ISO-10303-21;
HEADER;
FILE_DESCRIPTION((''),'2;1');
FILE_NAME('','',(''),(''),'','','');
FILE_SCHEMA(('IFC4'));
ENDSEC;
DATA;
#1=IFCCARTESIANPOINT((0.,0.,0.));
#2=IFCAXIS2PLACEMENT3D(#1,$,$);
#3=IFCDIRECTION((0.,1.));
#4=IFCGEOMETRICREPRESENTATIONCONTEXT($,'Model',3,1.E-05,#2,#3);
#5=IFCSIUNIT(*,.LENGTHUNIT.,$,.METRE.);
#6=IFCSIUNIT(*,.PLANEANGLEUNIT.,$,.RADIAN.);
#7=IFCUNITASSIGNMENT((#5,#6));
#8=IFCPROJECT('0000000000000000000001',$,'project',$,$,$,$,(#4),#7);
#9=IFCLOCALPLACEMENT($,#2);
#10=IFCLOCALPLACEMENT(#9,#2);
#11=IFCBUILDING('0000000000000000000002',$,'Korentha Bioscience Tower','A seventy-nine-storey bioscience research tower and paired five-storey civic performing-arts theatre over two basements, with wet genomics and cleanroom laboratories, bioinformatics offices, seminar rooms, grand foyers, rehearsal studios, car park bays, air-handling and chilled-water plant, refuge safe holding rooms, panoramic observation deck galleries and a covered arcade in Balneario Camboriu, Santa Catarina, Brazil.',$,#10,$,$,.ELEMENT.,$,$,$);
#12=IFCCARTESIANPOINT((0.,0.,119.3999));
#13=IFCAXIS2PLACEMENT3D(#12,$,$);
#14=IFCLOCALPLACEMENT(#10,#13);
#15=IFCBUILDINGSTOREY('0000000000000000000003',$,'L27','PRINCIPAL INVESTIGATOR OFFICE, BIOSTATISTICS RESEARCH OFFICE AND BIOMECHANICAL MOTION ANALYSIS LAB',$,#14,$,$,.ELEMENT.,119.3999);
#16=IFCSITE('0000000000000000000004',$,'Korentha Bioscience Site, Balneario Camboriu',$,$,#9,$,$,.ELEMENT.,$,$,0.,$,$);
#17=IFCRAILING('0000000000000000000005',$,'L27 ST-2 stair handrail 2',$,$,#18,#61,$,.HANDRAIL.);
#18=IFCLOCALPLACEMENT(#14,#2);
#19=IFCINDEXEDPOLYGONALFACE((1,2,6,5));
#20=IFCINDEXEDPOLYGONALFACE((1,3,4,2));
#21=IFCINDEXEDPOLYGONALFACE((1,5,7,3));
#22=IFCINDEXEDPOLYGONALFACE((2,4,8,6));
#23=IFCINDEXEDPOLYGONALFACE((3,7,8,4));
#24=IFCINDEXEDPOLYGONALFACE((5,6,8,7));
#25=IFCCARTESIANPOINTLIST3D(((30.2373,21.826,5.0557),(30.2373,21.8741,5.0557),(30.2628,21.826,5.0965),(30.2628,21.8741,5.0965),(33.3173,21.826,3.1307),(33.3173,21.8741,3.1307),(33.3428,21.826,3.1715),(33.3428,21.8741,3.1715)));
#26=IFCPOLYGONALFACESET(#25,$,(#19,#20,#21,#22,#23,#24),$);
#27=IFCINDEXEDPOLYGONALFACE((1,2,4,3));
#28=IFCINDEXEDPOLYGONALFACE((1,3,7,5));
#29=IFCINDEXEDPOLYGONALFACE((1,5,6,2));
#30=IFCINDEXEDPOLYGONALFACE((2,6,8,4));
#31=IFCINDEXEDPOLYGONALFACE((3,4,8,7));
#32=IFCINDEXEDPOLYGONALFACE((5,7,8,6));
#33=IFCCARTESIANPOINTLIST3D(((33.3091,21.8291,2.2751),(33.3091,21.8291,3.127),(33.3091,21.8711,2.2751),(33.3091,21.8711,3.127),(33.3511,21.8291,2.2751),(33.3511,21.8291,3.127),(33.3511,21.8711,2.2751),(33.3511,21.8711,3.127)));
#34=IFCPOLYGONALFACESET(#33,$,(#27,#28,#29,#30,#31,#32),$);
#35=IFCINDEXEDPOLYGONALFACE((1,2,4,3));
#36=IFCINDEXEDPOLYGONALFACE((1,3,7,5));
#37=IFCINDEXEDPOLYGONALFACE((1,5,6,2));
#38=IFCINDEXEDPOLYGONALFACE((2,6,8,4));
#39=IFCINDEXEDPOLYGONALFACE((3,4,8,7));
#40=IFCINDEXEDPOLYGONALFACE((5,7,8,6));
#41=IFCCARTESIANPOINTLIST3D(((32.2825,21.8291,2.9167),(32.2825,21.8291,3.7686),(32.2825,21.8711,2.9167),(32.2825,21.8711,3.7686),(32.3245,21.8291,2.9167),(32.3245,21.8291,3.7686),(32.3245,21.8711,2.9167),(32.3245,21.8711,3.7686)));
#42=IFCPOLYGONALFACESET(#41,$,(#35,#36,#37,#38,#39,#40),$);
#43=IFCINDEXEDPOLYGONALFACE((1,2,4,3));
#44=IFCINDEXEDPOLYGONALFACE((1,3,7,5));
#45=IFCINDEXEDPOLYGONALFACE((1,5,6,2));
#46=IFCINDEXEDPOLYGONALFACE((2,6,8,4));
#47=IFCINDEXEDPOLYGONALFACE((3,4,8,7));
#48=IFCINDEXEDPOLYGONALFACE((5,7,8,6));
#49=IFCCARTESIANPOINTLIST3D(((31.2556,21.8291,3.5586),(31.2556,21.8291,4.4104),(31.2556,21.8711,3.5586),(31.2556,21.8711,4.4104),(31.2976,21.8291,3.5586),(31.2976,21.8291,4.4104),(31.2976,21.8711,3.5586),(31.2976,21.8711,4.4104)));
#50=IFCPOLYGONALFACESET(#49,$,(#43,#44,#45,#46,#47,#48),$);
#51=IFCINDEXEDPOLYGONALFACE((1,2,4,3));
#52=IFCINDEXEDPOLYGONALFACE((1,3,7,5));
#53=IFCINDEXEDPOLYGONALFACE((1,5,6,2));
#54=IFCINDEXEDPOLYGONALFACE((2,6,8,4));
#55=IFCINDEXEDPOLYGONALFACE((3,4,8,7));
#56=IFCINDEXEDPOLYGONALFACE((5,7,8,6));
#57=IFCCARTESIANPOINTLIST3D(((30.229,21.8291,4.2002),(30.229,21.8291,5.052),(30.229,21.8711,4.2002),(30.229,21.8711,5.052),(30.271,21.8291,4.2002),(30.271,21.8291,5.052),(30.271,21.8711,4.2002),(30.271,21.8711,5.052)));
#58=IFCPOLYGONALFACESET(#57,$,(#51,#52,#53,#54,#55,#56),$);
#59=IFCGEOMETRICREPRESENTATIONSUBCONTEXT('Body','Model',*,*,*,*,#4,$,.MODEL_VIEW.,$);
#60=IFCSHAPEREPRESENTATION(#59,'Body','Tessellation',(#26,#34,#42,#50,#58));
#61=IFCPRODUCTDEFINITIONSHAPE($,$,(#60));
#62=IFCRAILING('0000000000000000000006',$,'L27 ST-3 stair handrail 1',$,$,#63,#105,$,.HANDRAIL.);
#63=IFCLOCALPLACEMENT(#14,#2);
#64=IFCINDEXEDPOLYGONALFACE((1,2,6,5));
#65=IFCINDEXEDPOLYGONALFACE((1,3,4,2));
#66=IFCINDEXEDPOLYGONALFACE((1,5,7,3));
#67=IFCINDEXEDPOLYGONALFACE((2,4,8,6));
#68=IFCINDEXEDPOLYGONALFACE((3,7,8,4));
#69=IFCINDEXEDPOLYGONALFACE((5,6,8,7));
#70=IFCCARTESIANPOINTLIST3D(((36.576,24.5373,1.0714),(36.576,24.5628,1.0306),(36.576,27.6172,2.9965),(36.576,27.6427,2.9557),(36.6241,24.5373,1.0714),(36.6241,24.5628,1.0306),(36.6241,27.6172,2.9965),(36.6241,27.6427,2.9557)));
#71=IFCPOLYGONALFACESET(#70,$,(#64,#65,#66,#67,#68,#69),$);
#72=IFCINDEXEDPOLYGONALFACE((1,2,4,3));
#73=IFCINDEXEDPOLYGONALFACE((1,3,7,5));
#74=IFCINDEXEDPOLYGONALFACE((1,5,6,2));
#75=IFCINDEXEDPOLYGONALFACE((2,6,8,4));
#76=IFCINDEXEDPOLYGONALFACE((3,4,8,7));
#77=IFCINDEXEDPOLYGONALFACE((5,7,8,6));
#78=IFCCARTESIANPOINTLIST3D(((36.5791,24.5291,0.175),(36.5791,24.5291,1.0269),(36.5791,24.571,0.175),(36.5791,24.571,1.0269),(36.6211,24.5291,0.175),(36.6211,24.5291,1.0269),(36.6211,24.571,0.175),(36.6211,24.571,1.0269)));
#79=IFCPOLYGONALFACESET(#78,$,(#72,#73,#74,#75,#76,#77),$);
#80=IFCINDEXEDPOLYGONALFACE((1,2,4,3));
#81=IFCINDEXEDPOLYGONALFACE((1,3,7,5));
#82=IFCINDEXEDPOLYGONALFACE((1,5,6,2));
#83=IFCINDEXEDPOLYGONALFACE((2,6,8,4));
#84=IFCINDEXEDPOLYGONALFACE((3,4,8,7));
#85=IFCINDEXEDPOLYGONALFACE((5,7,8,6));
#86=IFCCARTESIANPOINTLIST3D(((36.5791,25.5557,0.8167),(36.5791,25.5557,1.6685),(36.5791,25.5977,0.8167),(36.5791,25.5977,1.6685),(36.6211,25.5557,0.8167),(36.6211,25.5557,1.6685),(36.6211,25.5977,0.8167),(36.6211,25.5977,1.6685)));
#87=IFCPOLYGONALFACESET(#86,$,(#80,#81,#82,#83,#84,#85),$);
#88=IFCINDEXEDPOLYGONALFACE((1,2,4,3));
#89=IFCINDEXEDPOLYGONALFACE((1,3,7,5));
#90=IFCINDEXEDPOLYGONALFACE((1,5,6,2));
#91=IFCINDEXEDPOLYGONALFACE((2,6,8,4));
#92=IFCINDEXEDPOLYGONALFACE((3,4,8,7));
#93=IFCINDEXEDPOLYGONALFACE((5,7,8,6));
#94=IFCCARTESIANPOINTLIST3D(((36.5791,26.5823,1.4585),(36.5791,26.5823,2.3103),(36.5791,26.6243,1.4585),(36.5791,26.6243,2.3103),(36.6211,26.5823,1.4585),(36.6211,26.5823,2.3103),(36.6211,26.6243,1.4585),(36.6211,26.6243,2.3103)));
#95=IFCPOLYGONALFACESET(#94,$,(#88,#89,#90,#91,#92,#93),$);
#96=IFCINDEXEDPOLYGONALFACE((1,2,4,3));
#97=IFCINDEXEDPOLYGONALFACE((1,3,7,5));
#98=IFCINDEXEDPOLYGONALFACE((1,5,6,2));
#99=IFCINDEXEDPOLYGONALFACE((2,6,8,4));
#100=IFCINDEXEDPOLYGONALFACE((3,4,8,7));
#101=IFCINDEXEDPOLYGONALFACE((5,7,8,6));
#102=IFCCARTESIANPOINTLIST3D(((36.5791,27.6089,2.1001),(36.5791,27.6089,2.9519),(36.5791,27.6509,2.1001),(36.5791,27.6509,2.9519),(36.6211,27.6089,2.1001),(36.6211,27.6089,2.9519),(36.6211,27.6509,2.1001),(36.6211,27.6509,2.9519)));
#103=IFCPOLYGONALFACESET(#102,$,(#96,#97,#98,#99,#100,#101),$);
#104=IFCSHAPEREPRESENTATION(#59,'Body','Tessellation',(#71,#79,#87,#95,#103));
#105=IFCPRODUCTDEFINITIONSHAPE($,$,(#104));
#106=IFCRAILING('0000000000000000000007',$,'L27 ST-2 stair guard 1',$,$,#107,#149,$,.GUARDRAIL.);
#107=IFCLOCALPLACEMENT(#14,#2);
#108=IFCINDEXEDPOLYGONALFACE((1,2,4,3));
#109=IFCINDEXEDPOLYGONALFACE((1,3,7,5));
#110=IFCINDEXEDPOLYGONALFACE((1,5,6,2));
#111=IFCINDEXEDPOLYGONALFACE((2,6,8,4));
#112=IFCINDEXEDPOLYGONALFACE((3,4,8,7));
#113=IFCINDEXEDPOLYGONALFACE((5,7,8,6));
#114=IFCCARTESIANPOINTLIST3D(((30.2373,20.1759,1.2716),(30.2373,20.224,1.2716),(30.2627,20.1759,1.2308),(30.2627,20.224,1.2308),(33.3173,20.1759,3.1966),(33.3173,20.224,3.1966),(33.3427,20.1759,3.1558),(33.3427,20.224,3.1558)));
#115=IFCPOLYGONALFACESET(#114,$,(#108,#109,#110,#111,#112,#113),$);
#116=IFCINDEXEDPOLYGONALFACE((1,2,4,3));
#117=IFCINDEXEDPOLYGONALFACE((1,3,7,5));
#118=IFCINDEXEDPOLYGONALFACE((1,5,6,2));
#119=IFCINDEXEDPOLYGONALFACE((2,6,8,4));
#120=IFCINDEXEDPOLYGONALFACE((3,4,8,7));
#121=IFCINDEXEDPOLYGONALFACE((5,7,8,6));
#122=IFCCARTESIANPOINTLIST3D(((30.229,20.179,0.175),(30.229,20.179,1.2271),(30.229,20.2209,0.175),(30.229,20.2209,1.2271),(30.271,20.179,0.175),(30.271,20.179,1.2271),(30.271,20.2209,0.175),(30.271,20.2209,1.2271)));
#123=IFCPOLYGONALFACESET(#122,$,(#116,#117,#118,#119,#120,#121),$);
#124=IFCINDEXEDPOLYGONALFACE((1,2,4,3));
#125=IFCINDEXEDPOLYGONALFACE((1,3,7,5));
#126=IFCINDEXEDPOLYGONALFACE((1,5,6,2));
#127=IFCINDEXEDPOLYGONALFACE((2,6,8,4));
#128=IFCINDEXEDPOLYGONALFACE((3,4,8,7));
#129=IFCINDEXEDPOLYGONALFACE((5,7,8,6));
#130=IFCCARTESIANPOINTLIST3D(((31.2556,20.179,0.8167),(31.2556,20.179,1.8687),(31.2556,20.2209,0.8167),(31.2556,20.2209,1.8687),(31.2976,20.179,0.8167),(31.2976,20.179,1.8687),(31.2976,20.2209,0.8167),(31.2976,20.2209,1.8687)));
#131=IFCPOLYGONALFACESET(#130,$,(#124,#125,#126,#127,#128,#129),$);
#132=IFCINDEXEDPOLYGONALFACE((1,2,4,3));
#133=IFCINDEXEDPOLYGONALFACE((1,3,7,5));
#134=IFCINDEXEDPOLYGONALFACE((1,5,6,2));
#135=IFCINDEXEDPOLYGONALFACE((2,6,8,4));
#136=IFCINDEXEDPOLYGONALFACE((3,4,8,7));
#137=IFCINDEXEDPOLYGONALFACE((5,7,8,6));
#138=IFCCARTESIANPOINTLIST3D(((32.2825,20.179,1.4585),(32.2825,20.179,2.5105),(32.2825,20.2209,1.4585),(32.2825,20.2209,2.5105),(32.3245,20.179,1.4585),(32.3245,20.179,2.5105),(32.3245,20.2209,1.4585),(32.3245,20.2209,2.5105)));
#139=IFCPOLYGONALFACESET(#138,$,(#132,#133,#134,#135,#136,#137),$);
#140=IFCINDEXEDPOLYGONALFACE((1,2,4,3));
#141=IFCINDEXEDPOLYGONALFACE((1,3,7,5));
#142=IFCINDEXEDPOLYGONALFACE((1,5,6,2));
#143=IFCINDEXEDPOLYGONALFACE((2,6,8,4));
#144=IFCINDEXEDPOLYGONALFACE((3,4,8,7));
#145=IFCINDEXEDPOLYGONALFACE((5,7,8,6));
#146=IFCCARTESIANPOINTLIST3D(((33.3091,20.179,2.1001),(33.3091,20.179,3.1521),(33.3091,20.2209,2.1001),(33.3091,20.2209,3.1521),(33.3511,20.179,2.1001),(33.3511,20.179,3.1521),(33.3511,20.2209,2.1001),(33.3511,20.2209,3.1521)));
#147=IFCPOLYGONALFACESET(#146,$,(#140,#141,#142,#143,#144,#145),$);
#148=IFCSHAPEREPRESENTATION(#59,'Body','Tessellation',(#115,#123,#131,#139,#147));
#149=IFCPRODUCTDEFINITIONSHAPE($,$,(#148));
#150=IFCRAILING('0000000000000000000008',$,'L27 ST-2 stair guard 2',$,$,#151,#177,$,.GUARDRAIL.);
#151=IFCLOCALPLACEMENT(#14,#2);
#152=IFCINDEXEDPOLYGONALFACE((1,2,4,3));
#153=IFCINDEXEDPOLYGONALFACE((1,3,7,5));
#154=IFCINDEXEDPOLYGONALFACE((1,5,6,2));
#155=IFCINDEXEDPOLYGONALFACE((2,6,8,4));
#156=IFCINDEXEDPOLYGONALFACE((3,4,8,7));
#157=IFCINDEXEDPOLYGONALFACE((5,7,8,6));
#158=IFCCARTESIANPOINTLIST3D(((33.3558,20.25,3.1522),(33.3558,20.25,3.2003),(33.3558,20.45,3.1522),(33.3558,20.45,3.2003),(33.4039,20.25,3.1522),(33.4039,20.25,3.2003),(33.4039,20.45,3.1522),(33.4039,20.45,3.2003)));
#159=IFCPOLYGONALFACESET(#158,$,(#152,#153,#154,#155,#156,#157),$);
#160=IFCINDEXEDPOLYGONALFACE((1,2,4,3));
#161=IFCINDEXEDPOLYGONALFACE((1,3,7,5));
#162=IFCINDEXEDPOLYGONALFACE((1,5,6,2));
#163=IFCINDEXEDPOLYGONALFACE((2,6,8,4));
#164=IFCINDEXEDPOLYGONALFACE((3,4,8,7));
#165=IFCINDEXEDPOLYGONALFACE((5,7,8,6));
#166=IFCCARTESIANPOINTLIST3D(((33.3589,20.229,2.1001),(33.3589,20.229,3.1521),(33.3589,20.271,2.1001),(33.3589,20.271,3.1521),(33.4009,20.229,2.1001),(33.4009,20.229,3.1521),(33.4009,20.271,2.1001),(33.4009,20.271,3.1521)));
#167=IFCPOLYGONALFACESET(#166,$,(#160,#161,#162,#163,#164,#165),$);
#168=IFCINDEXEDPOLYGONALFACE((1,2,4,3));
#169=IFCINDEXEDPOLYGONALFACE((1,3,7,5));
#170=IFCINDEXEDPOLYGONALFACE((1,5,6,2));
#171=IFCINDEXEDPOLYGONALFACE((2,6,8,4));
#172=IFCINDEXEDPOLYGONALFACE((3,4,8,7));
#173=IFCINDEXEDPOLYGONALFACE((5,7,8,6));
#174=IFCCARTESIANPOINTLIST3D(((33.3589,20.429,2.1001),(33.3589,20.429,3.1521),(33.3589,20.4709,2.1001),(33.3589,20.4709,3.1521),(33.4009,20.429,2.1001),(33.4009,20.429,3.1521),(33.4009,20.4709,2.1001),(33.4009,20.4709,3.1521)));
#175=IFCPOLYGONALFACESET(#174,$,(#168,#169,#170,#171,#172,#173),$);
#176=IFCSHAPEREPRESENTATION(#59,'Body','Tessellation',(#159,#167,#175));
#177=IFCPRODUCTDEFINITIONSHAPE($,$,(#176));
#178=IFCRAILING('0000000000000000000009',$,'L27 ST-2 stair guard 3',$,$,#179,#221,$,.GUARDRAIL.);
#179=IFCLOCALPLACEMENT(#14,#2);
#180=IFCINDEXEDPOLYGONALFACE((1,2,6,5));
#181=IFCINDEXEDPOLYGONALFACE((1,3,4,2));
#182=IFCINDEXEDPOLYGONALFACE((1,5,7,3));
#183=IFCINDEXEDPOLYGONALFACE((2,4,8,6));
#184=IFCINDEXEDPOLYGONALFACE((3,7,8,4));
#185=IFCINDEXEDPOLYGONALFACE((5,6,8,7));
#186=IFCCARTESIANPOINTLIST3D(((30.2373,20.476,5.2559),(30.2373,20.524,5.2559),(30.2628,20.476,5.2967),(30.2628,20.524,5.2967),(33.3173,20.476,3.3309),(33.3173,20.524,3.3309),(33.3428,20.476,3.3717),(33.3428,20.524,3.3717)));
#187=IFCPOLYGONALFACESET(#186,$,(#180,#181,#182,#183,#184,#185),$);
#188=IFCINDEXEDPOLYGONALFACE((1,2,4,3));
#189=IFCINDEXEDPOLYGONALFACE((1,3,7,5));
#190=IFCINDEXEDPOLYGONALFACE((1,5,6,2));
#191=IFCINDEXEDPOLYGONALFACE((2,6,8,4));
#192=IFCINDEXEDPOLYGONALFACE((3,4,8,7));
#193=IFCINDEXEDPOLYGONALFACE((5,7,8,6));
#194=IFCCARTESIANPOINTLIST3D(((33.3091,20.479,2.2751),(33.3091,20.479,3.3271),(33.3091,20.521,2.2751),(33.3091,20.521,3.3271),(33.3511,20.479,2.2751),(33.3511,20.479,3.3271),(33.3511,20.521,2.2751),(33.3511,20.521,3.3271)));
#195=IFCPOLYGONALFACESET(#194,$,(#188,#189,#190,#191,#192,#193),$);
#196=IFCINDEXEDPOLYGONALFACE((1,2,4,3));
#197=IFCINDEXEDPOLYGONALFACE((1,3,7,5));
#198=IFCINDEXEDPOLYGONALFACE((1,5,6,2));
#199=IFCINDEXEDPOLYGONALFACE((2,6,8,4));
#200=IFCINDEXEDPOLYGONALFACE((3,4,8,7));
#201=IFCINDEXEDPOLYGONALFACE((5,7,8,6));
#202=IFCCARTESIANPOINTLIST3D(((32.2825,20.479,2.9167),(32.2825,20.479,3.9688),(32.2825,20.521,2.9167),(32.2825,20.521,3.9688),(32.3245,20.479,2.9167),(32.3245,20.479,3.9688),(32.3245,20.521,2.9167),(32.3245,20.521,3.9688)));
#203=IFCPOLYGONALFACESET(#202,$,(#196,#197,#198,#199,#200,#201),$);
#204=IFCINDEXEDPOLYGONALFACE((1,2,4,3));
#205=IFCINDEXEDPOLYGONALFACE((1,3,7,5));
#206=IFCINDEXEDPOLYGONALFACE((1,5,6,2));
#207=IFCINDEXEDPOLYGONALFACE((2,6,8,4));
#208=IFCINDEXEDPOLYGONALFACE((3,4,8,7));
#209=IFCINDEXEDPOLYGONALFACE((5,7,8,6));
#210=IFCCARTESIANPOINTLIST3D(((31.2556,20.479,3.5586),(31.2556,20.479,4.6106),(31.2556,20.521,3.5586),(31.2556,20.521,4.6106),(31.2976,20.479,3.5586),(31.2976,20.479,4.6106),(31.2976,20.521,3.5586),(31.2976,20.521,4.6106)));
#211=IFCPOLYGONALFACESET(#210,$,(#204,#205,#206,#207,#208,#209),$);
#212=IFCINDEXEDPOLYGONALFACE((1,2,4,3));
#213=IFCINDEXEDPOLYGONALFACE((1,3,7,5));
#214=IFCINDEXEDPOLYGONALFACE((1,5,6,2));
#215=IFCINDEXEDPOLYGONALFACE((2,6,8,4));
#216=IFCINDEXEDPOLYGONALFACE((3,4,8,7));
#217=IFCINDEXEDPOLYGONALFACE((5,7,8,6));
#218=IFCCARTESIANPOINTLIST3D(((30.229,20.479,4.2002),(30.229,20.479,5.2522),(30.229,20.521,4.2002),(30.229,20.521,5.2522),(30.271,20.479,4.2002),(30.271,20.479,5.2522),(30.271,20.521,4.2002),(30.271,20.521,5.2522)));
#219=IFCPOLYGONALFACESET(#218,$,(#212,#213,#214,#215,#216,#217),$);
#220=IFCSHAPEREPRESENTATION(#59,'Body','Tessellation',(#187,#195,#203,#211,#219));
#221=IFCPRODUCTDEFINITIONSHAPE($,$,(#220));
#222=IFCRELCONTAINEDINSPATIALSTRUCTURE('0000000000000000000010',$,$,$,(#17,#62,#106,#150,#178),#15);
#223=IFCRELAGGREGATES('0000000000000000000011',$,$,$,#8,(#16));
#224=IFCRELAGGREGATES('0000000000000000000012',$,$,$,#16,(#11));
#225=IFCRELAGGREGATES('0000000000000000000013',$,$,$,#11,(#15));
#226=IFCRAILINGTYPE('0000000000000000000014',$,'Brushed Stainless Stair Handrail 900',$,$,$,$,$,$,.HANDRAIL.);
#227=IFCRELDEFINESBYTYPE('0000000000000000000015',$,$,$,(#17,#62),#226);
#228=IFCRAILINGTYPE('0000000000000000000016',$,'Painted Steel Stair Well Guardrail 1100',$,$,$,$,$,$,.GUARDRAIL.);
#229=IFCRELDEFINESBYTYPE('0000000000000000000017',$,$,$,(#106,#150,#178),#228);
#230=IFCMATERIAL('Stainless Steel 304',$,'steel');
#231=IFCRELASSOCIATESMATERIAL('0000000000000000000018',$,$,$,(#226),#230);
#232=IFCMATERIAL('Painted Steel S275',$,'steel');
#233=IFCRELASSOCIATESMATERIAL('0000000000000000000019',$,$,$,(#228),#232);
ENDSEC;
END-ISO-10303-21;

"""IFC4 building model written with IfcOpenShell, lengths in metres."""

from ifc_helpers import new_model, si_unit, direction, frame, origin, origin_2d, place, context, subcontext, project, spatial, rectangle, extrude, material, type_object, element, save


model = new_model("IFC4")

# Units and contexts
model_context = context("Model", 3, precision=1e-05, world=origin(), true_north=direction((0.0, 1.0)))
body_context = subcontext(model_context, "Body", "Model", "MODEL_VIEW")
ifc_project = project(units=[si_unit("LENGTHUNIT", "METRE"), si_unit("PLANEANGLEUNIT", "RADIAN")], contexts=[model_context])

# Site, building, storey
site_placement = place(None, origin())
site = spatial("IfcSite", under=ifc_project, at=site_placement, Name="Korentha Bioscience Site, Balneario Camboriu", CompositionType="ELEMENT", RefElevation=0.0)
building_placement = place(site_placement, origin())
building = spatial("IfcBuilding", under=site, at=building_placement, Name="Korentha Bioscience Tower", Description="A seventy-nine-storey bioscience research tower and paired five-storey civic performing-arts theatre over two basements, with wet genomics and cleanroom laboratories, bioinformatics offices, seminar rooms, grand foyers, rehearsal studios, car park bays, air-handling and chilled-water plant, refuge safe holding rooms, panoramic observation deck galleries and a covered arcade in Balneario Camboriu, Santa Catarina, Brazil.", CompositionType="ELEMENT")
storey_placement = place(building_placement, frame((0.0, 0.0, 119.3999)))
storey = spatial("IfcBuildingStorey", under=building, at=storey_placement, Name="L27", Description="PRINCIPAL INVESTIGATOR OFFICE, BIOSTATISTICS RESEARCH OFFICE AND BIOMECHANICAL MOTION ANALYSIS LAB", CompositionType="ELEMENT", Elevation=119.3999)

# Railings
ifc_material_1 = material(Name="Stainless Steel 304", Category="steel")
railing_type_1 = type_object("IfcRailingType", Name="Brushed Stainless Stair Handrail 900", PredefinedType="HANDRAIL", material=ifc_material_1)
railing_1_placement = place(storey_placement, frame((33.3301, 21.8501, 2.2751)))
element("IfcRailing", 1, at=railing_1_placement, inside=storey, type_object=railing_type_1, Name="L27 ST-2 stair handrail 2", PredefinedType="HANDRAIL", context=body_context, shape_type="SweptSolid", body=[
    extrude(rectangle(XDim=0.0481, YDim=0.0481, at=origin_2d()), frame((0.0, 0.0, 0.876), z_axis=(-0.847998, 0.0, 0.529999), x_axis=(0.0, -1.0, 0.0)), (0.0, 0.0, 1.0), 3.6321),
    extrude(rectangle(XDim=0.042, YDim=0.042, at=origin_2d()), origin(), (0.0, 0.0, 1.0), 0.8518),
    extrude(rectangle(XDim=0.042, YDim=0.042, at=origin_2d()), frame((-1.0266, 0.0, 0.6416)), (0.0, 0.0, 1.0), 0.8518),
    extrude(rectangle(XDim=0.042, YDim=0.042, at=origin_2d()), frame((-2.0535, 0.0, 1.2834)), (0.0, 0.0, 1.0), 0.8518),
    extrude(rectangle(XDim=0.042, YDim=0.042, at=origin_2d()), frame((-3.0801, 0.0, 1.925)), (0.0, 0.0, 1.0), 0.8518),
])
railing_2_placement = place(storey_placement, frame((36.6001, 24.55, 0.175)))
element("IfcRailing", 2, at=railing_2_placement, inside=storey, type_object=railing_type_1, Name="L27 ST-3 stair handrail 1", PredefinedType="HANDRAIL", context=body_context, shape_type="SweptSolid", body=[
    extrude(rectangle(XDim=0.0481, YDim=0.0481, at=origin_2d()), frame((0.0, 0.0, 0.876), z_axis=(0.0, 0.847979, 0.530029), x_axis=(-1.0, 0.0, 0.0)), (0.0, 0.0, 1.0), 3.6321),
    extrude(rectangle(XDim=0.042, YDim=0.042, at=origin_2d()), origin(), (0.0, 0.0, 1.0), 0.8518),
    extrude(rectangle(XDim=0.042, YDim=0.042, at=origin_2d()), frame((0.0, 1.0266, 0.6416)), (0.0, 0.0, 1.0), 0.8518),
    extrude(rectangle(XDim=0.042, YDim=0.042, at=origin_2d()), frame((0.0, 2.0532, 1.2834)), (0.0, 0.0, 1.0), 0.8518),
    extrude(rectangle(XDim=0.042, YDim=0.042, at=origin_2d()), frame((0.0, 3.0798, 1.925)), (0.0, 0.0, 1.0), 0.8518),
])
ifc_material_2 = material(Name="Painted Steel S275", Category="steel")
railing_type_2 = type_object("IfcRailingType", Name="Painted Steel Stair Well Guardrail 1100", PredefinedType="GUARDRAIL", material=ifc_material_2)
railing_3_placement = place(storey_placement, frame((30.25, 20.2, 0.175)))
element("IfcRailing", 3, at=railing_3_placement, inside=storey, type_object=railing_type_2, Name="L27 ST-2 stair guard 1", PredefinedType="GUARDRAIL", context=body_context, shape_type="SweptSolid", body=[
    extrude(rectangle(XDim=0.0481, YDim=0.0481, at=origin_2d()), frame((0.0, 0.0, 1.0762), z_axis=(0.847998, 0.0, 0.529999), x_axis=(0.0, 1.0, 0.0)), (0.0, 0.0, 1.0), 3.6321),
    extrude(rectangle(XDim=0.042, YDim=0.042, at=origin_2d()), origin(), (0.0, 0.0, 1.0), 1.052),
    extrude(rectangle(XDim=0.042, YDim=0.042, at=origin_2d()), frame((1.0266, 0.0, 0.6416)), (0.0, 0.0, 1.0), 1.052),
    extrude(rectangle(XDim=0.042, YDim=0.042, at=origin_2d()), frame((2.0535, 0.0, 1.2834)), (0.0, 0.0, 1.0), 1.052),
    extrude(rectangle(XDim=0.042, YDim=0.042, at=origin_2d()), frame((3.0801, 0.0, 1.925)), (0.0, 0.0, 1.0), 1.052),
])
railing_4_placement = place(storey_placement, frame((33.3799, 20.25, 2.1001)))
element("IfcRailing", 4, at=railing_4_placement, inside=storey, type_object=railing_type_2, Name="L27 ST-2 stair guard 2", PredefinedType="GUARDRAIL", context=body_context, shape_type="SweptSolid", body=[
    extrude(rectangle(XDim=0.0481, YDim=0.0481, at=origin_2d()), frame((0.0, 0.0, 1.0762), z_axis=(0.0, 1.0, 0.0), x_axis=(-1.0, 0.0, 0.0)), (0.0, 0.0, 1.0), 0.2),
    extrude(rectangle(XDim=0.042, YDim=0.042, at=origin_2d()), origin(), (0.0, 0.0, 1.0), 1.052),
    extrude(rectangle(XDim=0.042, YDim=0.042, at=origin_2d()), frame((0.0, 0.2, 0.0)), (0.0, 0.0, 1.0), 1.052),
])
railing_5_placement = place(storey_placement, frame((33.3301, 20.5, 2.2751)))
element("IfcRailing", 5, at=railing_5_placement, inside=storey, type_object=railing_type_2, Name="L27 ST-2 stair guard 3", PredefinedType="GUARDRAIL", context=body_context, shape_type="SweptSolid", body=[
    extrude(rectangle(XDim=0.0481, YDim=0.0481, at=origin_2d()), frame((0.0, 0.0, 1.0762), z_axis=(-0.847998, 0.0, 0.529999), x_axis=(0.0, -1.0, 0.0)), (0.0, 0.0, 1.0), 3.6321),
    extrude(rectangle(XDim=0.042, YDim=0.042, at=origin_2d()), origin(), (0.0, 0.0, 1.0), 1.052),
    extrude(rectangle(XDim=0.042, YDim=0.042, at=origin_2d()), frame((-1.0266, 0.0, 0.6416)), (0.0, 0.0, 1.0), 1.052),
    extrude(rectangle(XDim=0.042, YDim=0.042, at=origin_2d()), frame((-2.0535, 0.0, 1.2834)), (0.0, 0.0, 1.0), 1.052),
    extrude(rectangle(XDim=0.042, YDim=0.042, at=origin_2d()), frame((-3.0801, 0.0, 1.925)), (0.0, 0.0, 1.0), 1.052),
])

save(model, "model.ifc")
